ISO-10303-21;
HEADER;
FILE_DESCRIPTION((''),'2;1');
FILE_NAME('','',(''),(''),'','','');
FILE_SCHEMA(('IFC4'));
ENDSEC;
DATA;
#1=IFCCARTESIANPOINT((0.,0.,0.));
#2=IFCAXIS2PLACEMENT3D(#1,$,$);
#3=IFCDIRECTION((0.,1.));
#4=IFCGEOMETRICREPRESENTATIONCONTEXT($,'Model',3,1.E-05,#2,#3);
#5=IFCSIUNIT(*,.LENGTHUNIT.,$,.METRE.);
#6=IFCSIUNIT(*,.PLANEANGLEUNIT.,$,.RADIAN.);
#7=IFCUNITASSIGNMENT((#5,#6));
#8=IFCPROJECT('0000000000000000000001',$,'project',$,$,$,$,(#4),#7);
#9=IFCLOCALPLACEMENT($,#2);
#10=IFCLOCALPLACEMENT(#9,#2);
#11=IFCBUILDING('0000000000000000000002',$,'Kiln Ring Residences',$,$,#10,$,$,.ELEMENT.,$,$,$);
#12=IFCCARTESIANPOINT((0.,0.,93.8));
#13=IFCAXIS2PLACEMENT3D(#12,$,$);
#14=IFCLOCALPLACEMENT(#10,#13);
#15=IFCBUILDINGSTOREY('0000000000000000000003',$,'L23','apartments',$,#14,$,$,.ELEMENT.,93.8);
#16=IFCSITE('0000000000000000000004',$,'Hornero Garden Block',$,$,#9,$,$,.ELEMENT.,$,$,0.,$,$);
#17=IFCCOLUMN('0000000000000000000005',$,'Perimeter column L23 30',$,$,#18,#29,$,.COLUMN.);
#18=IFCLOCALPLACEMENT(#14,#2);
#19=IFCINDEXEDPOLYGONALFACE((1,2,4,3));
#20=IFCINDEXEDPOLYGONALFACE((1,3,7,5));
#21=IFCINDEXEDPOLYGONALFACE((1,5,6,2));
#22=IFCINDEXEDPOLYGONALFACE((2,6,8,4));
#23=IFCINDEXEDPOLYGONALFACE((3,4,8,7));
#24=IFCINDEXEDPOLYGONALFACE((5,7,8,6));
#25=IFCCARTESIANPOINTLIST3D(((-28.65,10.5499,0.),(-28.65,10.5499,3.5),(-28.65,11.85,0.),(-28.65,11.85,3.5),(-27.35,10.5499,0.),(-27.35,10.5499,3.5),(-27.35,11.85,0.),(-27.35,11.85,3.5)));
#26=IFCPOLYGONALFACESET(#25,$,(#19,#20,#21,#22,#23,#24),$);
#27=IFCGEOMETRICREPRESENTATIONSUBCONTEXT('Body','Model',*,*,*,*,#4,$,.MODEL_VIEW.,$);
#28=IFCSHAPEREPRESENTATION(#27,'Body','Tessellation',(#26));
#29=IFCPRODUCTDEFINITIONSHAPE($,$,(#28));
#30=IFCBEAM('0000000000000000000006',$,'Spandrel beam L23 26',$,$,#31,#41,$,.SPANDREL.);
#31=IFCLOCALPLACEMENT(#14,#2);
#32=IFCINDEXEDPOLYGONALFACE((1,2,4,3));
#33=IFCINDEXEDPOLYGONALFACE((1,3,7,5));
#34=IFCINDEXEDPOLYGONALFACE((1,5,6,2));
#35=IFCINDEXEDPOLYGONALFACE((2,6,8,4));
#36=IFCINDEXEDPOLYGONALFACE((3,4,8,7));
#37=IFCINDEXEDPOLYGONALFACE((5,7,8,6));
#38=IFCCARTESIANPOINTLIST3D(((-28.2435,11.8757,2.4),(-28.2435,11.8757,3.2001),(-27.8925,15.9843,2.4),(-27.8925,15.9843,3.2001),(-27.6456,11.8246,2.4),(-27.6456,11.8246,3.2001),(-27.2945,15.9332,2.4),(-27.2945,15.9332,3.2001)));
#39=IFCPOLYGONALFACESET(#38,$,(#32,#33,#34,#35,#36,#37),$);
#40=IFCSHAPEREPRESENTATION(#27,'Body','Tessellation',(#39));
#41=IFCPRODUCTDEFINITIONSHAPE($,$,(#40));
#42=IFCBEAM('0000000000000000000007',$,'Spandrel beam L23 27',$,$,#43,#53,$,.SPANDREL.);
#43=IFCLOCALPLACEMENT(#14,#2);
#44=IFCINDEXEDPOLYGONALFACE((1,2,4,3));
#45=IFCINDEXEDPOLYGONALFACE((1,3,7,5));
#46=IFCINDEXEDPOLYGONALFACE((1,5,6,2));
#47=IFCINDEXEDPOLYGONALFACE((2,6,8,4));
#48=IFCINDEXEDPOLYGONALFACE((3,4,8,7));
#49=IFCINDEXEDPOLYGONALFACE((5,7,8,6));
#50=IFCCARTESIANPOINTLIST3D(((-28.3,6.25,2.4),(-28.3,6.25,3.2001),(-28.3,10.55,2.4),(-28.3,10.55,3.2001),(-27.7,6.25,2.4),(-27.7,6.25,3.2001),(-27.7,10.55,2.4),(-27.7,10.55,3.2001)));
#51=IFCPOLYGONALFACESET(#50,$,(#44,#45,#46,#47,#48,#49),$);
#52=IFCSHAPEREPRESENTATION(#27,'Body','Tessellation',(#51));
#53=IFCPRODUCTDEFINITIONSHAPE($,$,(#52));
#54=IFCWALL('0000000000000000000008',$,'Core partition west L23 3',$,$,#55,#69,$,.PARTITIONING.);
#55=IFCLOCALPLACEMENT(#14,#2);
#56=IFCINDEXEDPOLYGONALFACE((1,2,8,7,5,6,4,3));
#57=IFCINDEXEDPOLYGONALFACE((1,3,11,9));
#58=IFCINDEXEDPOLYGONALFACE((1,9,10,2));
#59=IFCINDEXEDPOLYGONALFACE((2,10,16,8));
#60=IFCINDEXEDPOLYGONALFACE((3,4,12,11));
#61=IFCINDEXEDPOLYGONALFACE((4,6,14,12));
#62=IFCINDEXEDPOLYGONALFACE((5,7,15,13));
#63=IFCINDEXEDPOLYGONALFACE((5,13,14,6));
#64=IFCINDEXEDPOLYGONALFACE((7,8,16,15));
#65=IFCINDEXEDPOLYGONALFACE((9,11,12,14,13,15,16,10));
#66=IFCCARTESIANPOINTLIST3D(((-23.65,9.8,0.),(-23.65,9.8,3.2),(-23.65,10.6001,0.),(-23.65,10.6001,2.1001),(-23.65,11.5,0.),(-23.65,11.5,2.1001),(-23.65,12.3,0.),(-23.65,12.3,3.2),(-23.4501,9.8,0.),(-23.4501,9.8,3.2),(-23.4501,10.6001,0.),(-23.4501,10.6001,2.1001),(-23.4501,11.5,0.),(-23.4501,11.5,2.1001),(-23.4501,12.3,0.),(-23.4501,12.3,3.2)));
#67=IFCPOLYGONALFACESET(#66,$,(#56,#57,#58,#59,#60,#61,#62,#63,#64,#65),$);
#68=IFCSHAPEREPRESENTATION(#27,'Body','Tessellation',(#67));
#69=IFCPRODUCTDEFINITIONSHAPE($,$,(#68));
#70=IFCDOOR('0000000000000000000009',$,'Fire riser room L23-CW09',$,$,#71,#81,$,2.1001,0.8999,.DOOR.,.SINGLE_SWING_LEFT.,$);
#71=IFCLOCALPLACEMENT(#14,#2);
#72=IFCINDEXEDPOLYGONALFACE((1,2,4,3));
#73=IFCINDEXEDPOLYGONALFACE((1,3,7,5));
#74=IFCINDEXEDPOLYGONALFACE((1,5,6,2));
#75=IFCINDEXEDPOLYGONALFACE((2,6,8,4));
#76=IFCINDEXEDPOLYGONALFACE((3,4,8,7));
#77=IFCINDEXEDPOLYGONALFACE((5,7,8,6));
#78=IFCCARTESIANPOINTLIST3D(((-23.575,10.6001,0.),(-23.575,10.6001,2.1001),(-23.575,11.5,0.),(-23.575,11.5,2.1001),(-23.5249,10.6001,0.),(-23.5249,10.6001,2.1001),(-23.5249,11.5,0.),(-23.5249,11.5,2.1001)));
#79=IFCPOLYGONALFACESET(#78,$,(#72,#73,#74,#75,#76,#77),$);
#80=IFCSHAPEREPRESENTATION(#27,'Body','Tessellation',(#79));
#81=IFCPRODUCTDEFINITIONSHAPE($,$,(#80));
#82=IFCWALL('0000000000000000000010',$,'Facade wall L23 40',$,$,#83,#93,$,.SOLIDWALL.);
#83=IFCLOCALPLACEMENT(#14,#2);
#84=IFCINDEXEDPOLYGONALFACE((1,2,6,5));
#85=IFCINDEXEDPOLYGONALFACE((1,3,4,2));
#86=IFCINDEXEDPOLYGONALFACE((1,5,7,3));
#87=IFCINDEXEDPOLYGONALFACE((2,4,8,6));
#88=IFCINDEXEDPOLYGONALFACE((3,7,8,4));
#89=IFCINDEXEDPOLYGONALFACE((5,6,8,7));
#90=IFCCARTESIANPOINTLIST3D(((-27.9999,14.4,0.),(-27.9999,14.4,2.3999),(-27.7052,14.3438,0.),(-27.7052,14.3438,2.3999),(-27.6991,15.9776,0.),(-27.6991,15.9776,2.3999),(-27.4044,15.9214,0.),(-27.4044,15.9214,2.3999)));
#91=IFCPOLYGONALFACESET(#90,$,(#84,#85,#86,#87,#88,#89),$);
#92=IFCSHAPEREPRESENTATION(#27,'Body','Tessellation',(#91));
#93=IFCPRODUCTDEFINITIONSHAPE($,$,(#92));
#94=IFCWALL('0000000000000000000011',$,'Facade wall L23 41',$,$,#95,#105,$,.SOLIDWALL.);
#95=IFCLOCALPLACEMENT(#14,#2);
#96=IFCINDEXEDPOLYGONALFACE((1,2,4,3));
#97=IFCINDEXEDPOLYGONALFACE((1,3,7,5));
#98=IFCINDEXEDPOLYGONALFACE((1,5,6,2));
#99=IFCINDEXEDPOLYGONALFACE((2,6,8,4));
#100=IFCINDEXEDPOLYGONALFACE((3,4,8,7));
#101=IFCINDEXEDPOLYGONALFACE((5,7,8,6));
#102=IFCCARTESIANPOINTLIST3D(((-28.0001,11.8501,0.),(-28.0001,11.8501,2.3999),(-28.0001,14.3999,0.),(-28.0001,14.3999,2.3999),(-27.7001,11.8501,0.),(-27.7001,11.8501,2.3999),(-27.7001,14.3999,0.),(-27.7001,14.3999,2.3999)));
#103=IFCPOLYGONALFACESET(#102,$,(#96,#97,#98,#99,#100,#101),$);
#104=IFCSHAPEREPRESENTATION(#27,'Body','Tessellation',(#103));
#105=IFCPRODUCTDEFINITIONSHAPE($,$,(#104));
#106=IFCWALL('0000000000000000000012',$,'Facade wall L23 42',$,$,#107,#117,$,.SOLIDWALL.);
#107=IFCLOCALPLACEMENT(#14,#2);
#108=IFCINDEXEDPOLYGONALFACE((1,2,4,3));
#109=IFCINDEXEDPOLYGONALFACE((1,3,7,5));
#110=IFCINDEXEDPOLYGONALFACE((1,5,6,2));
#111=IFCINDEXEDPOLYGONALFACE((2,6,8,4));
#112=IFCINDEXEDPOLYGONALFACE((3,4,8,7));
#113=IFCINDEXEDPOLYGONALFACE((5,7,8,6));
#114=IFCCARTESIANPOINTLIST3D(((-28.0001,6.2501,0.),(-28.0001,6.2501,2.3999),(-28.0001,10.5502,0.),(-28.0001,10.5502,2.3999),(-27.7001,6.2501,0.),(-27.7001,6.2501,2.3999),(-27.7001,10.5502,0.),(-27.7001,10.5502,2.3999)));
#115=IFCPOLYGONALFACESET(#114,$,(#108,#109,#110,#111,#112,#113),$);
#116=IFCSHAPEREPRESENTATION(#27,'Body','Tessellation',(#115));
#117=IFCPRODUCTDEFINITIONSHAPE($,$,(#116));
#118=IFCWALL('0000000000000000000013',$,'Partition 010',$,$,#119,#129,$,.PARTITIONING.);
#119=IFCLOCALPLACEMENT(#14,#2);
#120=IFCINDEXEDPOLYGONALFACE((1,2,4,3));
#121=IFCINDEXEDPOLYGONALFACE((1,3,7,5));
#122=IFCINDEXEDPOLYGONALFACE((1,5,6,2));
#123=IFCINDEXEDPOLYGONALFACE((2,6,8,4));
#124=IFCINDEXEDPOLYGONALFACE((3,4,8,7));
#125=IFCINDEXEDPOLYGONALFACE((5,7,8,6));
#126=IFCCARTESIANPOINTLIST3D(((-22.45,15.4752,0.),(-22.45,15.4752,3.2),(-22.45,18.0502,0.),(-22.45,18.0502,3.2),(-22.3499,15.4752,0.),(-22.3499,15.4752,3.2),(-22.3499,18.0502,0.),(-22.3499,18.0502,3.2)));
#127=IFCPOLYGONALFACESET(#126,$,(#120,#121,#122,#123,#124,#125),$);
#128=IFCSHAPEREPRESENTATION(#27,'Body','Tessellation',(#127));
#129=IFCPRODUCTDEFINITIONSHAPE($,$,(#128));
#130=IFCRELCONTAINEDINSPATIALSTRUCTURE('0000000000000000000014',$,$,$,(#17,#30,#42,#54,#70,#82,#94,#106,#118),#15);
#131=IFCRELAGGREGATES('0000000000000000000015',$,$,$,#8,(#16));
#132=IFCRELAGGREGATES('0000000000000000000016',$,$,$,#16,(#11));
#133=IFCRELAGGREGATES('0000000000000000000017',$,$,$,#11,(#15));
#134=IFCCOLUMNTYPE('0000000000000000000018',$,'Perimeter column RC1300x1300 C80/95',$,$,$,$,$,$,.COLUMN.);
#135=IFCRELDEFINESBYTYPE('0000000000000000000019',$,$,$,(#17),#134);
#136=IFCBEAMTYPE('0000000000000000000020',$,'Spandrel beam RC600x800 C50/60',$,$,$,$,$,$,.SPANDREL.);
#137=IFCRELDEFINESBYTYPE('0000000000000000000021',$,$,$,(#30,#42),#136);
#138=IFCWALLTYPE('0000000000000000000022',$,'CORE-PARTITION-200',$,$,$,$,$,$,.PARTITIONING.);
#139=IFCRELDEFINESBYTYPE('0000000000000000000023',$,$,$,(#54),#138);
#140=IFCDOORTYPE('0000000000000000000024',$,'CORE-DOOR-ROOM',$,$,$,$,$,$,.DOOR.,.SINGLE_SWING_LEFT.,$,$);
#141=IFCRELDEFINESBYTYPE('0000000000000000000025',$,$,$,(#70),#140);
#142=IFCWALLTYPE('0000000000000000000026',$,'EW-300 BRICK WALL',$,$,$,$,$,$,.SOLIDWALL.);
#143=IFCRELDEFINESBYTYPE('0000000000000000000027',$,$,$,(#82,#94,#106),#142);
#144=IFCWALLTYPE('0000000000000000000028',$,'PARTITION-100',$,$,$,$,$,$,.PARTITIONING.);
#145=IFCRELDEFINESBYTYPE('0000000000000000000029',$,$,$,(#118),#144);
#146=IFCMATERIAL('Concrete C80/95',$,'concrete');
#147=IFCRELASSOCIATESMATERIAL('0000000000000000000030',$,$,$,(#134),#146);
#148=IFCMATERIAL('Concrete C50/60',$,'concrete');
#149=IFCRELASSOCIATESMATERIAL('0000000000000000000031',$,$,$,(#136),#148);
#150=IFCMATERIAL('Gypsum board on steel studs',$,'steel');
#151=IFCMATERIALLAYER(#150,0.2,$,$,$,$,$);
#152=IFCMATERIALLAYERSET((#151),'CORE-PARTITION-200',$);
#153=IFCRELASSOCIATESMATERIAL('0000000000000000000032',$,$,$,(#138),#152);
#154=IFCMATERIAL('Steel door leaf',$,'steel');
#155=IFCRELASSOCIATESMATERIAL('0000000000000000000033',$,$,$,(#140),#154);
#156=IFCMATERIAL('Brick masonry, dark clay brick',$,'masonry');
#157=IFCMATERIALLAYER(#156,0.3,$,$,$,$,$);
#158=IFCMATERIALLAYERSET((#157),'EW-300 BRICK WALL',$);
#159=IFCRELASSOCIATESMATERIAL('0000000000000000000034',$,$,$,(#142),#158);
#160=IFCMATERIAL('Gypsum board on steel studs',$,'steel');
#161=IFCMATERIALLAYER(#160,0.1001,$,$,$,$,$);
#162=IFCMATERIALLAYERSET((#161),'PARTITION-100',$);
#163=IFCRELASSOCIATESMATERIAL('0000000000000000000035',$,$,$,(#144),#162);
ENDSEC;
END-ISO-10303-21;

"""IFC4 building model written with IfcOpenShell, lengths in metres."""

from ifc_helpers import new_model, si_unit, direction, frame, frame_2d, origin, origin_2d, place, context, subcontext, project, spatial, rectangle, extrude, material, layer, layer_set, material_profile, profile_set, type_object, element, fill, save


model = new_model("IFC4")

# Units and contexts
model_context = context("Model", 3, precision=1e-05, world=origin(), true_north=direction((0.0, 1.0)))
body_context = subcontext(model_context, "Body", "Model", "MODEL_VIEW")
ifc_project = project(units=[si_unit("LENGTHUNIT", "METRE"), si_unit("PLANEANGLEUNIT", "RADIAN")], contexts=[model_context])

# Site, building, storey
site_placement = place(None, origin())
site = spatial("IfcSite", under=ifc_project, at=site_placement, Name="Hornero Garden Block", CompositionType="ELEMENT", RefElevation=0.0)
building_placement = place(site_placement, origin())
building = spatial("IfcBuilding", under=site, at=building_placement, Name="Kiln Ring Residences", CompositionType="ELEMENT")
storey_placement = place(building_placement, frame((0.0, 0.0, 93.8)))
storey = spatial("IfcBuildingStorey", under=building, at=storey_placement, Name="L23", Description="apartments", CompositionType="ELEMENT", Elevation=93.8)

# Column
ifc_material_1 = material(Name="Concrete C80/95", Category="concrete")
ifc_material_profile_1 = material_profile(ifc_material_1, rectangle(XDim=1.3, YDim=1.3, at=origin_2d()), Name="RC1300x1300")
ifc_profile_set_1 = profile_set([ifc_material_profile_1], Name="Concrete C80/95")
column_type = type_object("IfcColumnType", Name="Perimeter column RC1300x1300 C80/95", PredefinedType="COLUMN", material=ifc_profile_set_1)
column_placement = place(storey_placement, frame((-28.0, 11.2, 0.0), z_axis=(0.0, 0.0, 1.0), x_axis=(1.0, 0.0, 0.0)))
element("IfcColumn", 1, at=column_placement, inside=storey, type_object=column_type, Name="Perimeter column L23 30", PredefinedType="COLUMN", context=body_context, shape_type="SweptSolid", body=[
    extrude(rectangle(XDim=1.3, YDim=1.3, at=origin_2d()), origin(), (0.0, 0.0, 1.0), 3.5),
])

# Beams
ifc_material_2 = material(Name="Concrete C50/60", Category="concrete")
ifc_material_profile_2 = material_profile(ifc_material_2, rectangle(XDim=0.6001, YDim=0.8, at=origin_2d()), Name="RC600x800")
ifc_profile_set_2 = profile_set([ifc_material_profile_2], Name="Concrete C50/60")
beam_type = type_object("IfcBeamType", Name="Spandrel beam RC600x800 C50/60", PredefinedType="SPANDREL", material=ifc_profile_set_2)
beam_1_placement = place(storey_placement, frame((-27.5935, 15.9587, 2.8), z_axis=(-0.085137, -0.996369, 0.0), x_axis=(0.996369, -0.085137, 0.0)))
element("IfcBeam", 2, at=beam_1_placement, inside=storey, type_object=beam_type, Name="Spandrel beam L23 26", PredefinedType="SPANDREL", context=body_context, shape_type="SweptSolid", body=[
    extrude(rectangle(XDim=0.6001, YDim=0.8, at=origin_2d()), origin(), (0.0, 0.0, 1.0), 4.1235),
])
beam_2_placement = place(storey_placement, frame((-28.0, 10.55, 2.8), z_axis=(0.0, -1.0, 0.0), x_axis=(1.0, 0.0, 0.0)))
element("IfcBeam", 3, at=beam_2_placement, inside=storey, type_object=beam_type, Name="Spandrel beam L23 27", PredefinedType="SPANDREL", context=body_context, shape_type="SweptSolid", body=[
    extrude(rectangle(XDim=0.6001, YDim=0.8, at=origin_2d()), origin(), (0.0, 0.0, 1.0), 4.3),
])

# Wall, opening, door
ifc_material_3 = material(Name="Gypsum board on steel studs", Category="steel")
ifc_layer_1 = layer(ifc_material_3, 0.2)
ifc_layer_set_1 = layer_set([ifc_layer_1], Name="CORE-PARTITION-200")
wall_type_1 = type_object("IfcWallType", Name="CORE-PARTITION-200", PredefinedType="PARTITIONING", material=ifc_layer_set_1)
wall_1_placement = place(storey_placement, frame((-23.55, 9.8, 0.0), z_axis=(0.0, 0.0, 1.0), x_axis=(0.0, 1.0, 0.0)))
wall_1 = element("IfcWall", 4, at=wall_1_placement, inside=storey, type_object=wall_type_1, Name="Core partition west L23 3", PredefinedType="PARTITIONING", context=body_context, shape_type="SweptSolid", body=[
    extrude(rectangle(XDim=2.5, YDim=0.2, at=frame_2d((1.25, 0.0))), origin(), (0.0, 0.0, 1.0), 3.2),
])
opening_1_placement = place(wall_1_placement, frame((0.8, 0.0, 0.0)))
opening_1 = element("IfcOpeningElement", 5, at=opening_1_placement, cuts=wall_1, PredefinedType="OPENING", context=body_context, shape_type="SweptSolid", body=[
    extrude(rectangle(XDim=0.8999, YDim=2.1001, at=frame_2d((0.45, 1.05))), frame((0.0, 0.1099, 0.0), z_axis=(0.0, -1.0, 0.0), x_axis=(1.0, 0.0, 0.0)), (0.0, 0.0, 1.0), 0.22),
])
ifc_material_4 = material(Name="Steel door leaf", Category="steel")
door_type_1 = type_object("IfcDoorType", Name="CORE-DOOR-ROOM", OperationType="SINGLE_SWING_LEFT", PredefinedType="DOOR", material=ifc_material_4)
door_1_placement = place(opening_1_placement, origin())
door_1 = element("IfcDoor", 6, at=door_1_placement, inside=storey, type_object=door_type_1, Name="Fire riser room L23-CW09", OperationType="SINGLE_SWING_LEFT", OverallHeight=2.1001, OverallWidth=0.8999, PredefinedType="DOOR", context=body_context, shape_type="SweptSolid", body=[
    extrude(rectangle(XDim=0.8999, YDim=2.1001, at=frame_2d((0.45, 1.05))), frame((0.0, 0.0249, 0.0), z_axis=(0.0, -1.0, 0.0), x_axis=(1.0, 0.0, 0.0)), (0.0, 0.0, 1.0), 0.05),
])
fill(opening_1, door_1)

# Walls
ifc_material_5 = material(Name="Brick masonry, dark clay brick", Category="masonry")
ifc_layer_2 = layer(ifc_material_5, 0.3)
ifc_layer_set_2 = layer_set([ifc_layer_2], Name="EW-300 BRICK WALL")
wall_type_2 = type_object("IfcWallType", Name="EW-300 BRICK WALL", PredefinedType="SOLIDWALL", material=ifc_layer_set_2)
wall_2_placement = place(storey_placement, frame((-27.5518, 15.9495, 0.0), z_axis=(0.0, 0.0, 1.0), x_axis=(-0.18728, -0.982307, 0.0)))
element("IfcWall", 7, at=wall_2_placement, inside=storey, type_object=wall_type_2, Name="Facade wall L23 40", PredefinedType="SOLIDWALL", context=body_context, shape_type="SweptSolid", body=[
    extrude(rectangle(XDim=1.606, YDim=0.3, at=frame_2d((0.803, 0.0))), origin(), (0.0, 0.0, 1.0), 2.3999),
])
wall_3_placement = place(storey_placement, frame((-27.8501, 14.3999, 0.0), z_axis=(0.0, 0.0, 1.0), x_axis=(0.0, -1.0, 0.0)))
element("IfcWall", 8, at=wall_3_placement, inside=storey, type_object=wall_type_2, Name="Facade wall L23 41", PredefinedType="SOLIDWALL", context=body_context, shape_type="SweptSolid", body=[
    extrude(rectangle(XDim=2.5498, YDim=0.3, at=frame_2d((1.2749, 0.0))), origin(), (0.0, 0.0, 1.0), 2.3999),
])
wall_4_placement = place(storey_placement, frame((-27.8501, 10.55, 0.0), z_axis=(0.0, 0.0, 1.0), x_axis=(0.0, -1.0, 0.0)))
element("IfcWall", 9, at=wall_4_placement, inside=storey, type_object=wall_type_2, Name="Facade wall L23 42", PredefinedType="SOLIDWALL", context=body_context, shape_type="SweptSolid", body=[
    extrude(rectangle(XDim=4.3, YDim=0.3, at=frame_2d((2.1499, 0.0))), origin(), (0.0, 0.0, 1.0), 2.3999),
])
ifc_material_6 = material(Name="Gypsum board on steel studs", Category="steel")
ifc_layer_3 = layer(ifc_material_6, 0.1001)
ifc_layer_set_3 = layer_set([ifc_layer_3], Name="PARTITION-100")
wall_type_3 = type_object("IfcWallType", Name="PARTITION-100", PredefinedType="PARTITIONING", material=ifc_layer_set_3)
wall_5_placement = place(storey_placement, frame((-22.3999, 15.4751, 0.0), z_axis=(0.0, 0.0, 1.0), x_axis=(0.0, 1.0, 0.0)))
element("IfcWall", 10, at=wall_5_placement, inside=storey, type_object=wall_type_3, Name="Partition 010", PredefinedType="PARTITIONING", context=body_context, shape_type="SweptSolid", body=[
    extrude(rectangle(XDim=2.575, YDim=0.1001, at=frame_2d((1.2876, 0.0))), origin(), (0.0, 0.0, 1.0), 3.2),
])

save(model, "model.ifc")
